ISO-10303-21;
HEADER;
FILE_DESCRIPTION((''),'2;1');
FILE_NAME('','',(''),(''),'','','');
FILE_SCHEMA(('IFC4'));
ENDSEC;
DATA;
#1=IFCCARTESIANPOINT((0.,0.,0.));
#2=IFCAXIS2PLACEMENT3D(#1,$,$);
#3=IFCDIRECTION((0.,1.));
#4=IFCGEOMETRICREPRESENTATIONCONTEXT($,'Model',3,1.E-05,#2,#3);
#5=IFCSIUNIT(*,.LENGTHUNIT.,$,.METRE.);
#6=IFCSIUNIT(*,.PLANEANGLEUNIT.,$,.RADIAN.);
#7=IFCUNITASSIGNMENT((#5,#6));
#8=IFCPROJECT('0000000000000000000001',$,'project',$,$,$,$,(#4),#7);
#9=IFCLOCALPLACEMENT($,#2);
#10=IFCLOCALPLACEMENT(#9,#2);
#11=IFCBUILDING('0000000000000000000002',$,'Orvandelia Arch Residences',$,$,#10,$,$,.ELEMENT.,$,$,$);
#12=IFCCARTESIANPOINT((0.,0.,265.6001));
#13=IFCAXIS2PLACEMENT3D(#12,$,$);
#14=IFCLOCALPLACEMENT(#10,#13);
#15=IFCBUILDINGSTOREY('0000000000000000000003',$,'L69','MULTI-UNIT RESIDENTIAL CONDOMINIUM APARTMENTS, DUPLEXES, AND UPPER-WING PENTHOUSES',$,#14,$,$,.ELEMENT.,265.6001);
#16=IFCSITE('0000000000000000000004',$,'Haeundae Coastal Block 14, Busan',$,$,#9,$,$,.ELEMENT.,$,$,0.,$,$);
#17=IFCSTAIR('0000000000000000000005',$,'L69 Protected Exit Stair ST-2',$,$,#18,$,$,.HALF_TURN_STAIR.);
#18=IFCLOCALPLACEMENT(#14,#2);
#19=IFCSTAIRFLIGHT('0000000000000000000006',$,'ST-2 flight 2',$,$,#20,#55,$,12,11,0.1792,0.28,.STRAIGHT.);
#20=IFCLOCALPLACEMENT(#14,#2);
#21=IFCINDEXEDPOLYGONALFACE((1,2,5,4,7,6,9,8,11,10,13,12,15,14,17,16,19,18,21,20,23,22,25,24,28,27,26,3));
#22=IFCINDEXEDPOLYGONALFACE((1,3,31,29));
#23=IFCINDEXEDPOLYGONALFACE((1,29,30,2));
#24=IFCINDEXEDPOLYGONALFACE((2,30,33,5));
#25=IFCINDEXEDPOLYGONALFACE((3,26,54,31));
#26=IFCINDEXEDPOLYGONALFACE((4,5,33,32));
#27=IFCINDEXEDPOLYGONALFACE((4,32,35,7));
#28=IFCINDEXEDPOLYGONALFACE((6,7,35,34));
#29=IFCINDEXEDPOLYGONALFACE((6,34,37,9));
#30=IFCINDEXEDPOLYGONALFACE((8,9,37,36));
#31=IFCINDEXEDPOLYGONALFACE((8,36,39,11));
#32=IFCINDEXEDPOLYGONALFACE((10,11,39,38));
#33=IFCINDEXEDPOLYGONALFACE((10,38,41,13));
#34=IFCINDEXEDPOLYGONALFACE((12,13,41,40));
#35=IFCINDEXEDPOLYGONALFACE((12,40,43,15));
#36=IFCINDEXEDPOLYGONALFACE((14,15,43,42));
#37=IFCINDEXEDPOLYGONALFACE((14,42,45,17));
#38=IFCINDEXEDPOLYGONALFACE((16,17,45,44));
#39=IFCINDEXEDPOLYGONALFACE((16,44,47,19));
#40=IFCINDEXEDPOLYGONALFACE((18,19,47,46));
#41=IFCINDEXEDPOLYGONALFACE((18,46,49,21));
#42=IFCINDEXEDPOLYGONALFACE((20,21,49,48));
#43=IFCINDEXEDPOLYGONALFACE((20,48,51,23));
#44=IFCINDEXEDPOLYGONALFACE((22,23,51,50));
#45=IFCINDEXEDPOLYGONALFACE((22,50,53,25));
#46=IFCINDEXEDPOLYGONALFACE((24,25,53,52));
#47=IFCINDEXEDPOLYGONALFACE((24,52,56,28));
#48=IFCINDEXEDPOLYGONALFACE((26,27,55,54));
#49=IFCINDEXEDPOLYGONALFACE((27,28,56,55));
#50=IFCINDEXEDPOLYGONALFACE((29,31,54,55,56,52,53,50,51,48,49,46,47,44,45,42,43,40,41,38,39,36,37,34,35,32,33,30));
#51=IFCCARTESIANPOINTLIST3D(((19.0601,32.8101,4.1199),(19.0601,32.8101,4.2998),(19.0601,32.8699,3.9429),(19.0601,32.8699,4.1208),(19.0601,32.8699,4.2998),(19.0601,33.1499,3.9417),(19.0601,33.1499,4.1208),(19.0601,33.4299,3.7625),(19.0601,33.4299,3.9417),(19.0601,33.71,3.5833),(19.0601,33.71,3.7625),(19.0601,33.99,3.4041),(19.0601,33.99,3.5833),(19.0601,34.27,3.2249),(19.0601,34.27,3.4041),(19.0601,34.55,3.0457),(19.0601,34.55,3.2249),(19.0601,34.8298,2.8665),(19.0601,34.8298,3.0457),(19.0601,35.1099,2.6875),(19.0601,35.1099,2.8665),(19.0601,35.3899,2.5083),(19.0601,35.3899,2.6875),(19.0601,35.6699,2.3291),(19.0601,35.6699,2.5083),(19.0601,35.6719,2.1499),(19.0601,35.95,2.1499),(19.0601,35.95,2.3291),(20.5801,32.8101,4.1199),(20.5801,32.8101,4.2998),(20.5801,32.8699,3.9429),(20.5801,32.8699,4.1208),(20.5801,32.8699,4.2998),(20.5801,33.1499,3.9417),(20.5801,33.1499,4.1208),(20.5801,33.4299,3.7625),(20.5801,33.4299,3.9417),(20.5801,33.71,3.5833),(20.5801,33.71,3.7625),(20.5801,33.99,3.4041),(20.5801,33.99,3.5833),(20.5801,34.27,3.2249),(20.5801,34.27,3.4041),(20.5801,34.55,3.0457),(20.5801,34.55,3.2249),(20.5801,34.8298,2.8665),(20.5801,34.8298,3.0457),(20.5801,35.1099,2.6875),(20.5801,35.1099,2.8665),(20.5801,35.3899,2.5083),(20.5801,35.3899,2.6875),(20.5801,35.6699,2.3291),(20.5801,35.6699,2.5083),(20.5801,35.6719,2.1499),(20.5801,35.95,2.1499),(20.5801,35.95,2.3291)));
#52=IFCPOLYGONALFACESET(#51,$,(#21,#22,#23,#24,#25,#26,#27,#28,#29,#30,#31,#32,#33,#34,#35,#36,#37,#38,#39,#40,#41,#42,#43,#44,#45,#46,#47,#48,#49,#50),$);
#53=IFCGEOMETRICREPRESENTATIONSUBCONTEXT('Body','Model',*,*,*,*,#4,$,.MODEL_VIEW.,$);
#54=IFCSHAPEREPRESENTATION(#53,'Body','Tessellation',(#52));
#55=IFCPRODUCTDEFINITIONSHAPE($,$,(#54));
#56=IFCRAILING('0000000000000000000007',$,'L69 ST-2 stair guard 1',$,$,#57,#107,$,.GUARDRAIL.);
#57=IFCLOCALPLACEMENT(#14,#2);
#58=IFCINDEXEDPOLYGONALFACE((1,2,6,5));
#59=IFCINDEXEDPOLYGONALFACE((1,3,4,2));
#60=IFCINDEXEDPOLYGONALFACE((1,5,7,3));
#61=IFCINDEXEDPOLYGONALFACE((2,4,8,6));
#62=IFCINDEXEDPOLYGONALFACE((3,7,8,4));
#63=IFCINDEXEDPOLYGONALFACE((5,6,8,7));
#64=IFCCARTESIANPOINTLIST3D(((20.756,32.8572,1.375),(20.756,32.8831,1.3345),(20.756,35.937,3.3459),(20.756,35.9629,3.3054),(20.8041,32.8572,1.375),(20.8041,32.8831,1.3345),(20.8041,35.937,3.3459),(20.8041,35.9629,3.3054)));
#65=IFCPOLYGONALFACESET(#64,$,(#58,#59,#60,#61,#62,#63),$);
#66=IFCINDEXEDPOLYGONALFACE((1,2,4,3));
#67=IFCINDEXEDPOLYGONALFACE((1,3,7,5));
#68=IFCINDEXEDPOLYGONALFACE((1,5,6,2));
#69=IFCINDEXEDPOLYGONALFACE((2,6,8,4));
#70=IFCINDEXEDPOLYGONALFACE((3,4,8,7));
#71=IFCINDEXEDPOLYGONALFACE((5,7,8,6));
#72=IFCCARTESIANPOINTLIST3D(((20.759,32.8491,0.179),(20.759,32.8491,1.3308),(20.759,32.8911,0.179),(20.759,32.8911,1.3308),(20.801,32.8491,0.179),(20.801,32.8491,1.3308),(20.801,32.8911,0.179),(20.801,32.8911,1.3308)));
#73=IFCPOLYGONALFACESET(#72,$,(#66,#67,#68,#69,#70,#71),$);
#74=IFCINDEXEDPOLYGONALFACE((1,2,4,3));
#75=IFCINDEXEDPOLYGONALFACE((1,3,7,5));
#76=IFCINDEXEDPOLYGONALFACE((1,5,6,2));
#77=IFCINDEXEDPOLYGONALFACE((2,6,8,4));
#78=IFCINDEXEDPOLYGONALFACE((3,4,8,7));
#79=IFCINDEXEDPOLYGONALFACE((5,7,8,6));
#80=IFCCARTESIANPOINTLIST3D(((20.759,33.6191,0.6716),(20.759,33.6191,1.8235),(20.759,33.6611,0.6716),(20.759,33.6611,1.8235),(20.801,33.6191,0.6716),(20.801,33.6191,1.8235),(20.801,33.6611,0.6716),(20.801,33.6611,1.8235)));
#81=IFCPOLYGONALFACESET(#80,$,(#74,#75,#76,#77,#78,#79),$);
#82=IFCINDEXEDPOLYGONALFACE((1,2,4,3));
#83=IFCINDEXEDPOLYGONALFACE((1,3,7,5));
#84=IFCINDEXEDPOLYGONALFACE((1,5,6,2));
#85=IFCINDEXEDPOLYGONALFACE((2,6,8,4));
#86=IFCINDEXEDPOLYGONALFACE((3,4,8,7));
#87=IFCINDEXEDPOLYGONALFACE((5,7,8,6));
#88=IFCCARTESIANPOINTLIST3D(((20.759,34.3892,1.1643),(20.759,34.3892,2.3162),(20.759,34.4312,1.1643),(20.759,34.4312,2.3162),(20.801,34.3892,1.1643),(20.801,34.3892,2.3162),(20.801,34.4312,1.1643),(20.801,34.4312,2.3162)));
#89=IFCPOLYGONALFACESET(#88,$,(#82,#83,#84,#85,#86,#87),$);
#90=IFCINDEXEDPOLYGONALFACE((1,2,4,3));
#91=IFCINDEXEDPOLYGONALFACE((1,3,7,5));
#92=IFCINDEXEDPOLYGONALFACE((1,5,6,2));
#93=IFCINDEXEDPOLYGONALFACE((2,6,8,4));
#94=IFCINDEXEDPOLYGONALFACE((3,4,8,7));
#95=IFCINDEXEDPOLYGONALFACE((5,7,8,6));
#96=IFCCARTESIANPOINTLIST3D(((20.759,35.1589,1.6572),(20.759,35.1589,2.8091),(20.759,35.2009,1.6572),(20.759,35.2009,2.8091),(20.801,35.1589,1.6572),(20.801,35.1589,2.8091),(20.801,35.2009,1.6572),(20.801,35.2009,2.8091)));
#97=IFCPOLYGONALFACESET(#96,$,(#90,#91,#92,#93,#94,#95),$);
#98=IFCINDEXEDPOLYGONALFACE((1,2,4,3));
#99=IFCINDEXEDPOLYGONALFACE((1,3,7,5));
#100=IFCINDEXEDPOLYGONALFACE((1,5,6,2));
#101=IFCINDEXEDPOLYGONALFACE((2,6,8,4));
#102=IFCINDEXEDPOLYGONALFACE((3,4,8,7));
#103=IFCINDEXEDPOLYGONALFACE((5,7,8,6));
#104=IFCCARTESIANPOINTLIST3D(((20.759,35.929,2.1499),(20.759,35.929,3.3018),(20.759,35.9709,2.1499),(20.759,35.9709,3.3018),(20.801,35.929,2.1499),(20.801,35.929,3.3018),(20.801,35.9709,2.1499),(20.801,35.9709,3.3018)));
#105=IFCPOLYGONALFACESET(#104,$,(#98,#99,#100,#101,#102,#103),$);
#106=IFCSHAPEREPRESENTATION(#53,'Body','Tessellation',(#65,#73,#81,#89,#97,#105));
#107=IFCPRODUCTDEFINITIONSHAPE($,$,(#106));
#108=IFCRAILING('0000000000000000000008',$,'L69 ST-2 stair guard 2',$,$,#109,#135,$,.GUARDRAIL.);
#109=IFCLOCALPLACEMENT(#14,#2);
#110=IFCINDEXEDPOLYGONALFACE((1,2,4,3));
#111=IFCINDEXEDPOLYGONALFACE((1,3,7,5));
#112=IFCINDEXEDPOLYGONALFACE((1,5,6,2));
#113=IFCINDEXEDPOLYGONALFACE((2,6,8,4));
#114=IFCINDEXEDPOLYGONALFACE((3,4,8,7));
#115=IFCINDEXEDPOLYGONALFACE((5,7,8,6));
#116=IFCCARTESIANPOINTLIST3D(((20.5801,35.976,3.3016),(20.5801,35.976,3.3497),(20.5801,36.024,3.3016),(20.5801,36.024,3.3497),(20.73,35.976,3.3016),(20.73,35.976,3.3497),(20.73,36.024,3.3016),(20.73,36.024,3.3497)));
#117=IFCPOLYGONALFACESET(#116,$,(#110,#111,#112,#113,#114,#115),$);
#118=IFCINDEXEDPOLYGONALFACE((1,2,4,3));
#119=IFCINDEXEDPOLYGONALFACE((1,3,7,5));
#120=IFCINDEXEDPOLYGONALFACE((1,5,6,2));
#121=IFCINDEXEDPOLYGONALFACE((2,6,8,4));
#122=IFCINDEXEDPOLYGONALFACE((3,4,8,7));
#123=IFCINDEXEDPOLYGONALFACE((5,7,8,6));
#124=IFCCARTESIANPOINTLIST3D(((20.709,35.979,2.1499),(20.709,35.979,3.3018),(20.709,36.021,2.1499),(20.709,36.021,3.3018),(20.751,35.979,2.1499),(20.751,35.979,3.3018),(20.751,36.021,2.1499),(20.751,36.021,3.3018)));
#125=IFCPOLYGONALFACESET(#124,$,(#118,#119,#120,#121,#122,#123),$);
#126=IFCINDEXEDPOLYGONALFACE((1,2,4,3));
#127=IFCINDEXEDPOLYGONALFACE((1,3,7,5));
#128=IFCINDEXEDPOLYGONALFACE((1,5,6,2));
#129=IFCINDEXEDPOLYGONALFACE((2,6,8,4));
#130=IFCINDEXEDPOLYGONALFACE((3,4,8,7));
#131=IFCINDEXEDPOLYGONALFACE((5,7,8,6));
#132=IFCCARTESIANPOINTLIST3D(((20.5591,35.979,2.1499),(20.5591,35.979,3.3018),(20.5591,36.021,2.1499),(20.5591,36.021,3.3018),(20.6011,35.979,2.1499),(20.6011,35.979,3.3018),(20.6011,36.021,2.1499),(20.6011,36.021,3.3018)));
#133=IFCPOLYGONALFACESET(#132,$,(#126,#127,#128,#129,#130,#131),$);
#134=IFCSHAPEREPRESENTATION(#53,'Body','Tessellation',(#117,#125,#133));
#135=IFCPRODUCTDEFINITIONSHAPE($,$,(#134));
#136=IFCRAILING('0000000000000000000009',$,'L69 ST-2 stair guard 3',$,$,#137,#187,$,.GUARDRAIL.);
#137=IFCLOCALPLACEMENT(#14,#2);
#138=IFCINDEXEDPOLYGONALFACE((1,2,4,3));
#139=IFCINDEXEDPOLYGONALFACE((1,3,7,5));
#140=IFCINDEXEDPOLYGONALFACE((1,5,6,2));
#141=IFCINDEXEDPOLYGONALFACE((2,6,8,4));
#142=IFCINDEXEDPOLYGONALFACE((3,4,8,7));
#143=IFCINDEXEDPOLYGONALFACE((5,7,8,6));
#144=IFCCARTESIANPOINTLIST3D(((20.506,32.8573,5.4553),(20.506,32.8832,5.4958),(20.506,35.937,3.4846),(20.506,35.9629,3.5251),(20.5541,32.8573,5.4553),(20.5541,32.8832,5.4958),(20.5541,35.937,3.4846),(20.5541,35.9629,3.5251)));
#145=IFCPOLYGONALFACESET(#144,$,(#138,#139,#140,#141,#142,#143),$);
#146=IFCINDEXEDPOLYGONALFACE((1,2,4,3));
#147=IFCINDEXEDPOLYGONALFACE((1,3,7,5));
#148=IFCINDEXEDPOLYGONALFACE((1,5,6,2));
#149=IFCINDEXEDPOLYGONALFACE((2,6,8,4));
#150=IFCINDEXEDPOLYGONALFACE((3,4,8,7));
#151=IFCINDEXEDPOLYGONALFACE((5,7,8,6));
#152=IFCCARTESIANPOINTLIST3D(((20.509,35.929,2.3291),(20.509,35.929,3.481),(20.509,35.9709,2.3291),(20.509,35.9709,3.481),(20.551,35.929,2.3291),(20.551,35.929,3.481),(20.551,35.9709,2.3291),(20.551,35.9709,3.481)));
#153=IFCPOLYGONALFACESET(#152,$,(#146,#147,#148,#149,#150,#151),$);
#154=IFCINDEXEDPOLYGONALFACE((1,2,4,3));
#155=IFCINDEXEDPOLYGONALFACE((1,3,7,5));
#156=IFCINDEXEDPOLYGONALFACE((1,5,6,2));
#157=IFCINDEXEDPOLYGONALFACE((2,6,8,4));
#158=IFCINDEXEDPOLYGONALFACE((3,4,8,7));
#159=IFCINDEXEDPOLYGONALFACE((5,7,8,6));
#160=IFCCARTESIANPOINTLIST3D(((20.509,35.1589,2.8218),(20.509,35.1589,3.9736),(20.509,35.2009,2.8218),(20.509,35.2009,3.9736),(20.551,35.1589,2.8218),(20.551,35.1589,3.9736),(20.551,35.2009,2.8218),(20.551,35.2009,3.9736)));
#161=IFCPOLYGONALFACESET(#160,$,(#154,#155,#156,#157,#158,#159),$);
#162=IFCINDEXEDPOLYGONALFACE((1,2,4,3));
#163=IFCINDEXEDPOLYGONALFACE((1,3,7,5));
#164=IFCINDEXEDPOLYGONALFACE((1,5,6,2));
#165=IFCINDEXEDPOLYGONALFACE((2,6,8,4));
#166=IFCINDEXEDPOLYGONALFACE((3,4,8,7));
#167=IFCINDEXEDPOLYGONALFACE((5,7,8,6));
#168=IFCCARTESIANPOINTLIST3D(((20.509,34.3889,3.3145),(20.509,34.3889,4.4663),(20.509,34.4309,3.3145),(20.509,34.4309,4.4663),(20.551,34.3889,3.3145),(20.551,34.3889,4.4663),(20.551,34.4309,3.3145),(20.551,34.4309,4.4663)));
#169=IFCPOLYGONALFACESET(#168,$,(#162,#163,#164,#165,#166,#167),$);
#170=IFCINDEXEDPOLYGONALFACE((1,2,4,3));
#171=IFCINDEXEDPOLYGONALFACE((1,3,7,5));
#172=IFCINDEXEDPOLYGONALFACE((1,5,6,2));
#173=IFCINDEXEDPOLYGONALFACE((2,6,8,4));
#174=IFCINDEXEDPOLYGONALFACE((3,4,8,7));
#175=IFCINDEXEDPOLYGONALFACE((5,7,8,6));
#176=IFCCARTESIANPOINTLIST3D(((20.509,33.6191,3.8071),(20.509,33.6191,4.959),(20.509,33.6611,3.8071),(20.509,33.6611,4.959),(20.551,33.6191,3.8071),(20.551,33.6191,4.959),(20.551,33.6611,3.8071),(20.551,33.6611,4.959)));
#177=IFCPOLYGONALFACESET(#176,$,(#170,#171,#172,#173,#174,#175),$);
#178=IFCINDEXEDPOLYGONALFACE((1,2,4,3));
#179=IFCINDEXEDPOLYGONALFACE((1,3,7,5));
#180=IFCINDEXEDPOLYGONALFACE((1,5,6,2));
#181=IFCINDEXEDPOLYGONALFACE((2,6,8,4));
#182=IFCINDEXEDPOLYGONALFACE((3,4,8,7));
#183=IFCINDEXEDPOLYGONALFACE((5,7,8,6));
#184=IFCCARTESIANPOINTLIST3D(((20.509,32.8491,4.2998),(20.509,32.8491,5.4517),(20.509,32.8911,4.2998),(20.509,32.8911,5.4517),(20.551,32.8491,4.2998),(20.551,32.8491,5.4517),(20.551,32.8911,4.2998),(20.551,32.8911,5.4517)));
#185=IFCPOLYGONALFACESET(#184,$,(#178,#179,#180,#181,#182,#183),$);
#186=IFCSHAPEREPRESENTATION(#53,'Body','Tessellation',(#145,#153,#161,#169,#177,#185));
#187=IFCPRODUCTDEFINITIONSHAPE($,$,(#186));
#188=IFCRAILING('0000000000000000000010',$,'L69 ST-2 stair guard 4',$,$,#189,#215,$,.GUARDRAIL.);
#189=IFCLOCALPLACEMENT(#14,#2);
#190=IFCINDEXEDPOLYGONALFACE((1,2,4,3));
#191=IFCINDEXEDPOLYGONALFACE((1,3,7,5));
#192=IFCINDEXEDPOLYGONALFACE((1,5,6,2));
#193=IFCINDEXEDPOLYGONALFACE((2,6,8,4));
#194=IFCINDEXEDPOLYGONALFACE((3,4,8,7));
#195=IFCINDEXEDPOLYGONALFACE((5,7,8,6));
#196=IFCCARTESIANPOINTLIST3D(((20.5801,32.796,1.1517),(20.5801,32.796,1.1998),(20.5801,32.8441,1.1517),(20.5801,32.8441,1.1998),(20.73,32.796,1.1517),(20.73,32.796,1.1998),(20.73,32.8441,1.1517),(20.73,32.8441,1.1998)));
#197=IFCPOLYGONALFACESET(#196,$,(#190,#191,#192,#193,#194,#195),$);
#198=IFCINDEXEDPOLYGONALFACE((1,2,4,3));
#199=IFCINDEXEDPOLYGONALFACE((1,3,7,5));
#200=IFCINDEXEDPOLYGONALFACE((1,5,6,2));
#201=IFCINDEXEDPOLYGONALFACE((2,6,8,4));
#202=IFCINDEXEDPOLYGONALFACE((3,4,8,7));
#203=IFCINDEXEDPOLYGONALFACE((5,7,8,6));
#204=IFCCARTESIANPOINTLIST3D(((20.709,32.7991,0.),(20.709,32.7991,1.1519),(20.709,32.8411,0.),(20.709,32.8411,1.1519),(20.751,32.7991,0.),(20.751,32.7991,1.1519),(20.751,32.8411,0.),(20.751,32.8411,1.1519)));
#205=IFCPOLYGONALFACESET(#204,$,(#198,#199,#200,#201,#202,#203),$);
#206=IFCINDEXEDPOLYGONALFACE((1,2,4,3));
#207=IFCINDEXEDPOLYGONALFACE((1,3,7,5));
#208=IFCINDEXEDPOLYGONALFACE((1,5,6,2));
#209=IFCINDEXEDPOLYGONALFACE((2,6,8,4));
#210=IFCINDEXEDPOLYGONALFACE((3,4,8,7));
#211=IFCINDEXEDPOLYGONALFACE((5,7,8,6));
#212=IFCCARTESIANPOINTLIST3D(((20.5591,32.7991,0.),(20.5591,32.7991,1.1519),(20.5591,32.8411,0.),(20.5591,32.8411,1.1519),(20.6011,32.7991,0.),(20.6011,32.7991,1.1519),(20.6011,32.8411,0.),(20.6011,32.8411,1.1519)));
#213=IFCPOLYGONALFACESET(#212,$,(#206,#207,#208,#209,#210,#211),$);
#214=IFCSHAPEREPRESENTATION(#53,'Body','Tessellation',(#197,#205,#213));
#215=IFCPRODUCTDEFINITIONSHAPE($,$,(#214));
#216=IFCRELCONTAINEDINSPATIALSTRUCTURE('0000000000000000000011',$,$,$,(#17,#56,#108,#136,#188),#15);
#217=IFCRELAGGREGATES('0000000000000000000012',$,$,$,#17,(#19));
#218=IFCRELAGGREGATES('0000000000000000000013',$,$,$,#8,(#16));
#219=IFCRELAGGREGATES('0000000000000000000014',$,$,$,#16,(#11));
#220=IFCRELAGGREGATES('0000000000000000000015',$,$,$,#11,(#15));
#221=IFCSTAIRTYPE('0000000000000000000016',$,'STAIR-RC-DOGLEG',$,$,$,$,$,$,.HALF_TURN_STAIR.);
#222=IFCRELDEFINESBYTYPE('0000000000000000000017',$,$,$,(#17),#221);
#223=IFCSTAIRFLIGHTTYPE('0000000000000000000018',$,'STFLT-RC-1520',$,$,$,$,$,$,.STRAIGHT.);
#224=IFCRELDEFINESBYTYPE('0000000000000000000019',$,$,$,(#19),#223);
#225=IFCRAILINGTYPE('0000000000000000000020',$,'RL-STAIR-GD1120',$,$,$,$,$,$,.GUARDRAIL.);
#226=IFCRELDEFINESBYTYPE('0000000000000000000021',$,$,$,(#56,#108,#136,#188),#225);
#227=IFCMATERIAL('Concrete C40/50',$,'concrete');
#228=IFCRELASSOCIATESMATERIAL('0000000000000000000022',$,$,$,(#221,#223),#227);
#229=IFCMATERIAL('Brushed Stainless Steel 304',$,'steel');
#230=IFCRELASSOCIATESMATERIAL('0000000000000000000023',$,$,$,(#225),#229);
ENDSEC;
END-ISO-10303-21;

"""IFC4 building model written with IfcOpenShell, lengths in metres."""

from ifc_helpers import new_model, si_unit, direction, frame, origin, origin_2d, place, context, subcontext, project, spatial, polyline, rectangle, outline, extrude, material, type_object, element, aggregate, save


model = new_model("IFC4")

# Units and contexts
model_context = context("Model", 3, precision=1e-05, world=origin(), true_north=direction((0.0, 1.0)))
body_context = subcontext(model_context, "Body", "Model", "MODEL_VIEW")
ifc_project = project(units=[si_unit("LENGTHUNIT", "METRE"), si_unit("PLANEANGLEUNIT", "RADIAN")], contexts=[model_context])

# Site, building, storey
site_placement = place(None, origin())
site = spatial("IfcSite", under=ifc_project, at=site_placement, Name="Haeundae Coastal Block 14, Busan", CompositionType="ELEMENT", RefElevation=0.0)
building_placement = place(site_placement, origin())
building = spatial("IfcBuilding", under=site, at=building_placement, Name="Orvandelia Arch Residences", CompositionType="ELEMENT")
storey_placement = place(building_placement, frame((0.0, 0.0, 265.6001)))
storey = spatial("IfcBuildingStorey", under=building, at=storey_placement, Name="L69", Description="MULTI-UNIT RESIDENTIAL CONDOMINIUM APARTMENTS, DUPLEXES, AND UPPER-WING PENTHOUSES", CompositionType="ELEMENT", Elevation=265.6001)

# Stair, stair flight
ifc_material_1 = material(Name="Concrete C40/50", Category="concrete")
stair_type = type_object("IfcStairType", Name="STAIR-RC-DOGLEG", PredefinedType="HALF_TURN_STAIR", material=ifc_material_1)
stair_placement = place(storey_placement, origin())
stair = element("IfcStair", 1, at=stair_placement, inside=storey, type_object=stair_type, Name="L69 Protected Exit Stair ST-2", PredefinedType="HALF_TURN_STAIR")
stair_flight_type = type_object("IfcStairFlightType", Name="STFLT-RC-1520", PredefinedType="STRAIGHT", material=ifc_material_1)
stair_flight_1_placement = place(storey_placement, frame((19.8201, 35.95, 2.1499), z_axis=(0.0, 0.0, 1.0), x_axis=(0.0, -1.0, 0.0)))
stair_flight_1 = element("IfcStairFlight", 2, at=stair_flight_1_placement, type_object=stair_flight_type, Name="ST-2 flight 2", NumberOfRisers=12, NumberOfTreads=11, PredefinedType="STRAIGHT", RiserHeight=0.1792, TreadLength=0.28, context=body_context, shape_type="SweptSolid", body=[
    extrude(outline(polyline([(0.0, 0.0), (0.0, 0.1792), (0.28, 0.1792), (0.28, 0.3584), (0.5601, 0.3584), (0.5601, 0.5376), (0.8401, 0.5376), (0.8401, 0.7166), (1.1201, 0.7166), (1.1201, 0.8958), (1.3999, 0.8958), (1.3999, 1.075), (1.6799, 1.075), (1.6799, 1.2542), (1.96, 1.2542), (1.96, 1.4333), (2.24, 1.4333), (2.24, 1.6125), (2.52, 1.6125), (2.52, 1.7917), (2.8, 1.7917), (2.8, 1.9709), (3.0801, 1.9709), (3.0801, 2.1499), (3.1399, 2.1499), (3.1399, 1.97), (3.0801, 1.793), (0.2781, 0.0), (0.0, 0.0)])), frame((0.0, 0.76, 0.0), z_axis=(0.0, -1.0, 0.0), x_axis=(1.0, 0.0, 0.0)), (0.0, 0.0, 1.0), 1.52),
])
aggregate(stair, [stair_flight_1])

# Railings
ifc_material_2 = material(Name="Brushed Stainless Steel 304", Category="steel")
railing_type_1 = type_object("IfcRailingType", Name="RL-STAIR-GD1120", PredefinedType="GUARDRAIL", material=ifc_material_2)
railing_1_placement = place(storey_placement, frame((20.78, 32.8701, 0.179)))
element("IfcRailing", 3, at=railing_1_placement, inside=storey, type_object=railing_type_1, Name="L69 ST-2 stair guard 1", PredefinedType="GUARDRAIL", context=body_context, shape_type="SweptSolid", body=[
    extrude(rectangle(XDim=0.0481, YDim=0.0481, at=origin_2d()), frame((0.0, 0.0, 1.1758), z_axis=(0.0, 0.84229, 0.539025), x_axis=(-1.0, 0.0, 0.0)), (0.0, 0.0, 1.0), 3.6565),
    extrude(rectangle(XDim=0.042, YDim=0.042, at=origin_2d()), origin(), (0.0, 0.0, 1.0), 1.1519),
    extrude(rectangle(XDim=0.042, YDim=0.042, at=origin_2d()), frame((0.0, 0.77, 0.4927)), (0.0, 0.0, 1.0), 1.1519),
    extrude(rectangle(XDim=0.042, YDim=0.042, at=origin_2d()), frame((0.0, 1.54, 0.9854)), (0.0, 0.0, 1.0), 1.1519),
    extrude(rectangle(XDim=0.042, YDim=0.042, at=origin_2d()), frame((0.0, 2.3098, 1.4783)), (0.0, 0.0, 1.0), 1.1519),
    extrude(rectangle(XDim=0.042, YDim=0.042, at=origin_2d()), frame((0.0, 3.0798, 1.9709)), (0.0, 0.0, 1.0), 1.1519),
])
railing_2_placement = place(storey_placement, frame((20.73, 36.0, 2.1499)))
element("IfcRailing", 4, at=railing_2_placement, inside=storey, type_object=railing_type_1, Name="L69 ST-2 stair guard 2", PredefinedType="GUARDRAIL", context=body_context, shape_type="SweptSolid", body=[
    extrude(rectangle(XDim=0.0481, YDim=0.0481, at=origin_2d()), frame((0.0, 0.0, 1.1758), z_axis=(-1.0, 0.0, 0.0), x_axis=(0.0, -1.0, 0.0)), (0.0, 0.0, 1.0), 0.1499),
    extrude(rectangle(XDim=0.042, YDim=0.042, at=origin_2d()), origin(), (0.0, 0.0, 1.0), 1.1519),
    extrude(rectangle(XDim=0.042, YDim=0.042, at=origin_2d()), frame((-0.1499, 0.0, 0.0)), (0.0, 0.0, 1.0), 1.1519),
])
railing_3_placement = place(storey_placement, frame((20.53, 35.95, 2.3291)))
element("IfcRailing", 5, at=railing_3_placement, inside=storey, type_object=railing_type_1, Name="L69 ST-2 stair guard 3", PredefinedType="GUARDRAIL", context=body_context, shape_type="SweptSolid", body=[
    extrude(rectangle(XDim=0.0481, YDim=0.0481, at=origin_2d()), frame((0.0, 0.0, 1.1758), z_axis=(0.0, -0.84232, 0.538978), x_axis=(1.0, 0.0, 0.0)), (0.0, 0.0, 1.0), 3.6562),
    extrude(rectangle(XDim=0.042, YDim=0.042, at=origin_2d()), origin(), (0.0, 0.0, 1.0), 1.1519),
    extrude(rectangle(XDim=0.042, YDim=0.042, at=origin_2d()), frame((0.0, -0.77, 0.4927)), (0.0, 0.0, 1.0), 1.1519),
    extrude(rectangle(XDim=0.042, YDim=0.042, at=origin_2d()), frame((0.0, -1.54, 0.9854)), (0.0, 0.0, 1.0), 1.1519),
    extrude(rectangle(XDim=0.042, YDim=0.042, at=origin_2d()), frame((0.0, -2.3098, 1.478)), (0.0, 0.0, 1.0), 1.1519),
    extrude(rectangle(XDim=0.042, YDim=0.042, at=origin_2d()), frame((0.0, -3.0798, 1.9707)), (0.0, 0.0, 1.0), 1.1519),
])
railing_4_placement = place(storey_placement, frame((20.73, 32.8201, 0.0)))
element("IfcRailing", 6, at=railing_4_placement, inside=storey, type_object=railing_type_1, Name="L69 ST-2 stair guard 4", PredefinedType="GUARDRAIL", context=body_context, shape_type="SweptSolid", body=[
    extrude(rectangle(XDim=0.0481, YDim=0.0481, at=origin_2d()), frame((0.0, 0.0, 1.1758), z_axis=(-1.0, 0.0, 0.0), x_axis=(0.0, -1.0, 0.0)), (0.0, 0.0, 1.0), 0.1499),
    extrude(rectangle(XDim=0.042, YDim=0.042, at=origin_2d()), origin(), (0.0, 0.0, 1.0), 1.1519),
    extrude(rectangle(XDim=0.042, YDim=0.042, at=origin_2d()), frame((-0.1499, 0.0, 0.0)), (0.0, 0.0, 1.0), 1.1519),
])

save(model, "model.ifc")
